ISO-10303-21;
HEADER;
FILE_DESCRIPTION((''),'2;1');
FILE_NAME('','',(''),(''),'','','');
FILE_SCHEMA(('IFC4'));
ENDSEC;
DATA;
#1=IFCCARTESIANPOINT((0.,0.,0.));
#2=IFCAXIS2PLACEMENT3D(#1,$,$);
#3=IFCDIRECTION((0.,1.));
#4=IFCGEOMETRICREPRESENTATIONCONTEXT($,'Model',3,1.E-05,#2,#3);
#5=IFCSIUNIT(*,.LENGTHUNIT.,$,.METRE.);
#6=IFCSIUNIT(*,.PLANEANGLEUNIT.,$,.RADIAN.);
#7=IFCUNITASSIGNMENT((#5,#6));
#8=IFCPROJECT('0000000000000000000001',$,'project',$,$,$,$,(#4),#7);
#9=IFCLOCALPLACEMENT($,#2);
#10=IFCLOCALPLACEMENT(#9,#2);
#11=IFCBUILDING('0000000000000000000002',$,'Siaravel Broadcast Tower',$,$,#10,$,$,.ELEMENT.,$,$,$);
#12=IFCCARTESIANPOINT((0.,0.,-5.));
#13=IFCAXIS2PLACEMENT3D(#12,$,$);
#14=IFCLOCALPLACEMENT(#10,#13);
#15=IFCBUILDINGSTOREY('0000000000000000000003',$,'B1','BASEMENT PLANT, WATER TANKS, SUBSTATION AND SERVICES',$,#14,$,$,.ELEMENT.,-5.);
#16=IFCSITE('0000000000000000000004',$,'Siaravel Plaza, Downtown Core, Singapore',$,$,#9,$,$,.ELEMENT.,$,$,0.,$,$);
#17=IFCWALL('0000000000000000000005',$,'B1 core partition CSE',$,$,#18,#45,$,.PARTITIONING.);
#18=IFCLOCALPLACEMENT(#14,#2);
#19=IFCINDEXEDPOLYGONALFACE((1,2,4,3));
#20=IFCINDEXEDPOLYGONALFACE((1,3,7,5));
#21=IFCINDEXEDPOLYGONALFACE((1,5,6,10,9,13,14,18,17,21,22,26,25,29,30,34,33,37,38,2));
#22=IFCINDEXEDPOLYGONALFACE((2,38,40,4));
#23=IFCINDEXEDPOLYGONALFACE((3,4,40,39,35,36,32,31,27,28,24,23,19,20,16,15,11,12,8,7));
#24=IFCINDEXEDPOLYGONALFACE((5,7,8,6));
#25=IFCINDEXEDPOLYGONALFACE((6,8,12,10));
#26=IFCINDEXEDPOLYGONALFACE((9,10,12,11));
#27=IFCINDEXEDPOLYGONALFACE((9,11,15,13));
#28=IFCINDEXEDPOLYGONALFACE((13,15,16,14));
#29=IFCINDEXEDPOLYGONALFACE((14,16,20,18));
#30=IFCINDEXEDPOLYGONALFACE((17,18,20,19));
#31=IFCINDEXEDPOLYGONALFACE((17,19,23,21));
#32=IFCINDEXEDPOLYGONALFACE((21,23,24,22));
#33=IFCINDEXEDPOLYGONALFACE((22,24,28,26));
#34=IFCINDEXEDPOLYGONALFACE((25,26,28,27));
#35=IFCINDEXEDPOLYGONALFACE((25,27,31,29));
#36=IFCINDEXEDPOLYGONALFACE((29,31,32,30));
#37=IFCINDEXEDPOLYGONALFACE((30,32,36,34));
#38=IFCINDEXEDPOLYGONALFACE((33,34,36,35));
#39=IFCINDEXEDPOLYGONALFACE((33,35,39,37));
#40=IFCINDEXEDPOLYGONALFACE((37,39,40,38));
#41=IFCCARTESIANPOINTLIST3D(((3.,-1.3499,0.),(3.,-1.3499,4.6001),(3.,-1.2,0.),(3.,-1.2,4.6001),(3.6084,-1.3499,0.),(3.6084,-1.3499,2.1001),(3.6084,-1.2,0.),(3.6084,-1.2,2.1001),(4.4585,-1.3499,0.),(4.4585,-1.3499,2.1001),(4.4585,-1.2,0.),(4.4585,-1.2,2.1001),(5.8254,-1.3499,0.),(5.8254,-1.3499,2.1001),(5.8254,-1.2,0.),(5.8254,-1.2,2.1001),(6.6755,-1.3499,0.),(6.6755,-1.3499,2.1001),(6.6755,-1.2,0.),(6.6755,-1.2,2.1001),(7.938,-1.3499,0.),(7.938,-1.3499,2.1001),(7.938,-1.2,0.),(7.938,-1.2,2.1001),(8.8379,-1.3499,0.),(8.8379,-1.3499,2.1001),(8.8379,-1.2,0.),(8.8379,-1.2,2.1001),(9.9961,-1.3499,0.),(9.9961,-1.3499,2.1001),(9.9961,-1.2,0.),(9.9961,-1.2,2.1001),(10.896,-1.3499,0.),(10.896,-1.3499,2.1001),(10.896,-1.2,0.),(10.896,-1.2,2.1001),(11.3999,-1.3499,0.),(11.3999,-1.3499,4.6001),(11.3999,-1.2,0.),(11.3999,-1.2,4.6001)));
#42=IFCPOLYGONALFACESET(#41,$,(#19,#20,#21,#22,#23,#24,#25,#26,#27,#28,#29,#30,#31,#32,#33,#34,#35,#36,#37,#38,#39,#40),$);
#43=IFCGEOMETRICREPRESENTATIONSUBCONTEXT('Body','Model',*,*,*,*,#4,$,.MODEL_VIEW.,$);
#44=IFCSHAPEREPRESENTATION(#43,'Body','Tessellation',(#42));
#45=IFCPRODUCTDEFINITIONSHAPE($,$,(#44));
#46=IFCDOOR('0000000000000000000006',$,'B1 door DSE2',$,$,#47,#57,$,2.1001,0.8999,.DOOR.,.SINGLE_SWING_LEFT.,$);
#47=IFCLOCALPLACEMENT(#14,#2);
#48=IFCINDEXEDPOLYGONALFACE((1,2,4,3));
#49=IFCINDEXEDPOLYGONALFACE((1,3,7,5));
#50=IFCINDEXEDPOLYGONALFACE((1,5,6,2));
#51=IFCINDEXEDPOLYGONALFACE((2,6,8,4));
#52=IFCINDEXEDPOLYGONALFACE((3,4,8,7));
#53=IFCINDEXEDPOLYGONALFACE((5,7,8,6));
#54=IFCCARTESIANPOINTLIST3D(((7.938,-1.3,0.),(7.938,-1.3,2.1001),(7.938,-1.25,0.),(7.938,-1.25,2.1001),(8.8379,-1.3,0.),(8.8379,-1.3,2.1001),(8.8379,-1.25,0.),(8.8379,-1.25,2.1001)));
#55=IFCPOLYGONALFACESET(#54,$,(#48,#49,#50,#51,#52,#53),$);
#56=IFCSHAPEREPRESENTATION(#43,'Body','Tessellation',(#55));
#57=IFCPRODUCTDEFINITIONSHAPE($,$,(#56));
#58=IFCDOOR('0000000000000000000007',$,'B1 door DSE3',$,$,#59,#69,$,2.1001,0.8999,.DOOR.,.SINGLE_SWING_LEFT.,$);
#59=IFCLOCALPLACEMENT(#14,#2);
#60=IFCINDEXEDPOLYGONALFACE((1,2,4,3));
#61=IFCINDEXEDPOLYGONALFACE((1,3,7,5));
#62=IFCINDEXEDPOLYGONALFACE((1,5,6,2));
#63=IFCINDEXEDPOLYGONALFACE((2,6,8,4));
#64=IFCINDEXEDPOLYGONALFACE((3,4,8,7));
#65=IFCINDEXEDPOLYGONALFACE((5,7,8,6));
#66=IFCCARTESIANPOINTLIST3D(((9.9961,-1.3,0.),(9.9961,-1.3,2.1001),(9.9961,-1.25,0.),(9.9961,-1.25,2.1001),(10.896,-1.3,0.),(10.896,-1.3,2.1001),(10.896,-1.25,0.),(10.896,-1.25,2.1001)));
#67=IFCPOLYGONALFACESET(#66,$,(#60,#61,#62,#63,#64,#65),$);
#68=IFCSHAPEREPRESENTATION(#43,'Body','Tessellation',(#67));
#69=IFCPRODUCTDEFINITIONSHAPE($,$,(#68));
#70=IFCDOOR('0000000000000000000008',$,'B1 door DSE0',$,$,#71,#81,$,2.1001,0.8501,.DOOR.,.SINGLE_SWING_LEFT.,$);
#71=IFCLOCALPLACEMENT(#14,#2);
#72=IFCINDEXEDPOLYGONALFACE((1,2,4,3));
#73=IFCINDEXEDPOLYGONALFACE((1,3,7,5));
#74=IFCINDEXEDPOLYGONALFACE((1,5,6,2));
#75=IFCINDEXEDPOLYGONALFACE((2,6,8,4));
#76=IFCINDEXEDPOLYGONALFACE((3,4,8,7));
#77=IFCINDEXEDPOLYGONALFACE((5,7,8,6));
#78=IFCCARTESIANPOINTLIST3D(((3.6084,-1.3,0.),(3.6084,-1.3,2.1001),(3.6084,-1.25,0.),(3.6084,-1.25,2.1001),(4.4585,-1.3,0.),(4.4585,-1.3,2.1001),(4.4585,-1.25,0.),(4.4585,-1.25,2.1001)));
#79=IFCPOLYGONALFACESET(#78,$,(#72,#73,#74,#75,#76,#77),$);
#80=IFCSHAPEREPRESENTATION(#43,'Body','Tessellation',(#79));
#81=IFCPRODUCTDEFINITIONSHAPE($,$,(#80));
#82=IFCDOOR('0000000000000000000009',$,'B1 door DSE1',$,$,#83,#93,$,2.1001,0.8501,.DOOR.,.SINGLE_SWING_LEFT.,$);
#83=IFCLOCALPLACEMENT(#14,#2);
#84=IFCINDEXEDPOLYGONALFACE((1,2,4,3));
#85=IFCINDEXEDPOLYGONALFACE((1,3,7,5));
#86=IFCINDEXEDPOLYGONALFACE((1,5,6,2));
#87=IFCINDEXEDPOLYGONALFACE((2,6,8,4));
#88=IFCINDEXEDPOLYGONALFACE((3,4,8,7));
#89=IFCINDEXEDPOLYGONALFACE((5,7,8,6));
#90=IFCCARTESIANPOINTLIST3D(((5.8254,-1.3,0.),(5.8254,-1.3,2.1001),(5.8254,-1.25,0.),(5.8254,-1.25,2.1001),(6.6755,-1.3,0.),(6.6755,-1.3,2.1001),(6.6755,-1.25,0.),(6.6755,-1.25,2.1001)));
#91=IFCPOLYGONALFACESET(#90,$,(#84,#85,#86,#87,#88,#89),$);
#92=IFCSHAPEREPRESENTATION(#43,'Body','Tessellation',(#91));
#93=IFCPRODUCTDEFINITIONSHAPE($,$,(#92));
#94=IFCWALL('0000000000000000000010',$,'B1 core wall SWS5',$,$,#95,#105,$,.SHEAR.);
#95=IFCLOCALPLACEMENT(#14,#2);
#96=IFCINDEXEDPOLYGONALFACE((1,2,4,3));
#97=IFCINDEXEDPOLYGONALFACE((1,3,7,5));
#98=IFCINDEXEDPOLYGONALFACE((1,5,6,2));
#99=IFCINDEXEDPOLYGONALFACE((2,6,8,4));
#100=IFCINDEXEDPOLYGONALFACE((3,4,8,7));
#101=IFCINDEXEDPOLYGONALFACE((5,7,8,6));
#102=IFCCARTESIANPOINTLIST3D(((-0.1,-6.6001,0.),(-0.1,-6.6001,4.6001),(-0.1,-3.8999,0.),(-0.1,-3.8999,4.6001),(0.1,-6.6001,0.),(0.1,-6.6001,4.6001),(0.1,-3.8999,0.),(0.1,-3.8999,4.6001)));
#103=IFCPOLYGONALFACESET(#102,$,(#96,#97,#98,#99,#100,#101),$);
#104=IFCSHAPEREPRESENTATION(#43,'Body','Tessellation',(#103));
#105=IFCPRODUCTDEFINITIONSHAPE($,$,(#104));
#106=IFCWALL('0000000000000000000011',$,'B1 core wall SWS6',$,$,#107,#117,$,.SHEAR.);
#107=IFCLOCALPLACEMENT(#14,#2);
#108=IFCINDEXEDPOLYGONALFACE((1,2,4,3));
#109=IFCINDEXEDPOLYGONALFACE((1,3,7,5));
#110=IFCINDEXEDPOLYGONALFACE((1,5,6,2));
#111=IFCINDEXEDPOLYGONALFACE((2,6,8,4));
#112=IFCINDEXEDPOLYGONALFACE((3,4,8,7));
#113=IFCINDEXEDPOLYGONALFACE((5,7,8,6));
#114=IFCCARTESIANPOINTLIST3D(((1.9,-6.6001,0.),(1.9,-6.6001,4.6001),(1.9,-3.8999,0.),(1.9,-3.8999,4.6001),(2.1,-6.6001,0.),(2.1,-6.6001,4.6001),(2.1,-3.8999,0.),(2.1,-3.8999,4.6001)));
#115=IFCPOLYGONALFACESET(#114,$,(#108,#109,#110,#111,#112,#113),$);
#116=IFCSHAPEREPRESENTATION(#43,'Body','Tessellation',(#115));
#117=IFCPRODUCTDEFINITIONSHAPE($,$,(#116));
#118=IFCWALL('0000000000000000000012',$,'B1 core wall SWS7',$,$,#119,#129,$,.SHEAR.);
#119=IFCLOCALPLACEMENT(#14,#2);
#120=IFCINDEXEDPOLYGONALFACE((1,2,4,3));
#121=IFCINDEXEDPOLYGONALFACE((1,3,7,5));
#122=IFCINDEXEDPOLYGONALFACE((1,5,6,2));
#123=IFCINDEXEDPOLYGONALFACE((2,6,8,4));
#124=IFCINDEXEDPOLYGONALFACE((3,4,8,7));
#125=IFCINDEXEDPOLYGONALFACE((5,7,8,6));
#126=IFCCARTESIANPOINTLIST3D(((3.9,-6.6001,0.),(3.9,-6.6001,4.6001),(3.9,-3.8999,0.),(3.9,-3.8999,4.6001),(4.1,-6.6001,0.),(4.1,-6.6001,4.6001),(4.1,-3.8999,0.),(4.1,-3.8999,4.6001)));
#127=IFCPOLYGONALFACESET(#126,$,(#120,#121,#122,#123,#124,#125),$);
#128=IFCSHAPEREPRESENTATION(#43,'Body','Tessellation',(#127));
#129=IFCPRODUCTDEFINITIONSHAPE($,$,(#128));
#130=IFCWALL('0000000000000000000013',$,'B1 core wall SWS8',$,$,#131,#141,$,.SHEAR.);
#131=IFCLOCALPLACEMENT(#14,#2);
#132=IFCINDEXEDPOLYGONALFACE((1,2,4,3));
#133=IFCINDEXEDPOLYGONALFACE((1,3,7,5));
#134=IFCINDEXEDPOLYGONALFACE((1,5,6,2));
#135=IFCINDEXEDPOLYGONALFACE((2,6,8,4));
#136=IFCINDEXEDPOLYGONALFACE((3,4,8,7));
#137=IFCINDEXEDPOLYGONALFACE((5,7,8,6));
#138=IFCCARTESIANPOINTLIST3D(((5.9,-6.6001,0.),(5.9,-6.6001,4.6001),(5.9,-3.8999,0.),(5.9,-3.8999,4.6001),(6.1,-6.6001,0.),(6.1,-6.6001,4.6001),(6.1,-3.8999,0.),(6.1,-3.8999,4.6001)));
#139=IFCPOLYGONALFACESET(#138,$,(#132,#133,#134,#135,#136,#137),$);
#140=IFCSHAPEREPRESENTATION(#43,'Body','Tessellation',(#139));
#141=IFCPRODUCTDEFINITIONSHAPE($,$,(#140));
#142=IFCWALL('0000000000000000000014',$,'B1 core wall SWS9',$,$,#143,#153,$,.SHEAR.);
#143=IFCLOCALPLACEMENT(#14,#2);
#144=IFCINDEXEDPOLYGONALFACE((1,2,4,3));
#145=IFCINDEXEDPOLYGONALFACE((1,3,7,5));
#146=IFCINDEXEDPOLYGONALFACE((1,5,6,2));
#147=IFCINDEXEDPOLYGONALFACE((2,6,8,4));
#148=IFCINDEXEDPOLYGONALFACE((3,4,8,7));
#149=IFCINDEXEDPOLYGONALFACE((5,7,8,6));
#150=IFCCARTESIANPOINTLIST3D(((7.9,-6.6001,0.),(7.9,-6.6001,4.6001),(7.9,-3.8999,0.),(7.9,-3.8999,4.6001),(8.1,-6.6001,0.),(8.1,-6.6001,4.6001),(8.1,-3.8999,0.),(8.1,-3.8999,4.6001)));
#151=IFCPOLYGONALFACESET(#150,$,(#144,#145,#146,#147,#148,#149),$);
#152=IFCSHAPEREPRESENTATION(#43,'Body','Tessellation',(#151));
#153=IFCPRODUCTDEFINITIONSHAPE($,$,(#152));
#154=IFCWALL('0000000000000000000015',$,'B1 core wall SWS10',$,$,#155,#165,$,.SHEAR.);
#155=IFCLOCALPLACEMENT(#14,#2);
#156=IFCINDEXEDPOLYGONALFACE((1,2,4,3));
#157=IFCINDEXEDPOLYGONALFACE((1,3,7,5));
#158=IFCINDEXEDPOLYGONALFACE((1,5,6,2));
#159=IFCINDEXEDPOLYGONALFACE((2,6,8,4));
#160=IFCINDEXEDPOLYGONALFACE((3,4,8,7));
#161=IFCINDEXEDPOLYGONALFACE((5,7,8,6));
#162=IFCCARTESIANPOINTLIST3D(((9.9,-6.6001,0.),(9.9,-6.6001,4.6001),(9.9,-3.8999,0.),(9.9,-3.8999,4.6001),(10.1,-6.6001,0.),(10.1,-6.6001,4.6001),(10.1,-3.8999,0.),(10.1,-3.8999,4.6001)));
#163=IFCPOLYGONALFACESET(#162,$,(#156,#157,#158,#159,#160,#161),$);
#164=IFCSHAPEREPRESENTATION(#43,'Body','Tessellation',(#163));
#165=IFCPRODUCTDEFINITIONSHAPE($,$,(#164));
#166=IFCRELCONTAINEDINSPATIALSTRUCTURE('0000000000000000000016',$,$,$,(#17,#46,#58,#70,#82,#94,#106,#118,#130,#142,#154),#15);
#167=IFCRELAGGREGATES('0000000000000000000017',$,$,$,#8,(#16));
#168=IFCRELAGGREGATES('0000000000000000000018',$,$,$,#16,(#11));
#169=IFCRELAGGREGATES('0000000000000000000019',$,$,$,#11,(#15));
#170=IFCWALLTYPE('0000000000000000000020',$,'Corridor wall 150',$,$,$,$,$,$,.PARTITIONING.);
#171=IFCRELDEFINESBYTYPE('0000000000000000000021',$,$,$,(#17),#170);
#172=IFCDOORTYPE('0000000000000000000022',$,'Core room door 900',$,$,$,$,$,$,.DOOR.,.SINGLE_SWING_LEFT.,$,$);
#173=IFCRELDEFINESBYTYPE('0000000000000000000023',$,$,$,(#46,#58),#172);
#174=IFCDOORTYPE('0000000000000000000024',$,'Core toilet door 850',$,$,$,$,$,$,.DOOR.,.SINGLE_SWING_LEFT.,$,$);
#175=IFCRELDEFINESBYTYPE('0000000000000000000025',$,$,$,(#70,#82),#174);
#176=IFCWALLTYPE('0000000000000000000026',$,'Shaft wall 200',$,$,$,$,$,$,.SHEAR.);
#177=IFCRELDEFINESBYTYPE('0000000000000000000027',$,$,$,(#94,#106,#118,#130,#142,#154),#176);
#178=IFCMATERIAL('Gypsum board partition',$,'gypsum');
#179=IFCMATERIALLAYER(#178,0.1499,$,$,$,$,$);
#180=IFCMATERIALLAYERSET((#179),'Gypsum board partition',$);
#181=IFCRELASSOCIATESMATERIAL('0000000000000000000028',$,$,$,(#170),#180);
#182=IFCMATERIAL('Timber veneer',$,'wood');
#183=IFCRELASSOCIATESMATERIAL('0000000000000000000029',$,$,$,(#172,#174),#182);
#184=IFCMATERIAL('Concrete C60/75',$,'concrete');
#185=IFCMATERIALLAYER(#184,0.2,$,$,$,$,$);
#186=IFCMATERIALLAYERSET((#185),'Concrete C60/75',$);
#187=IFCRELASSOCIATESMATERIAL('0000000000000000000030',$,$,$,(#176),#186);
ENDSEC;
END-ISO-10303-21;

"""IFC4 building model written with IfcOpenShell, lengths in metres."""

from ifc_helpers import new_model, si_unit, direction, frame, frame_2d, origin, place, context, subcontext, project, spatial, rectangle, extrude, material, layer, layer_set, type_object, element, fill, save


model = new_model("IFC4")

# Units and contexts
model_context = context("Model", 3, precision=1e-05, world=origin(), true_north=direction((0.0, 1.0)))
body_context = subcontext(model_context, "Body", "Model", "MODEL_VIEW")
ifc_project = project(units=[si_unit("LENGTHUNIT", "METRE"), si_unit("PLANEANGLEUNIT", "RADIAN")], contexts=[model_context])

# Site, building, storey
site_placement = place(None, origin())
site = spatial("IfcSite", under=ifc_project, at=site_placement, Name="Siaravel Plaza, Downtown Core, Singapore", CompositionType="ELEMENT", RefElevation=0.0)
building_placement = place(site_placement, origin())
building = spatial("IfcBuilding", under=site, at=building_placement, Name="Siaravel Broadcast Tower", CompositionType="ELEMENT")
storey_placement = place(building_placement, frame((0.0, 0.0, -5.0)))
storey = spatial("IfcBuildingStorey", under=building, at=storey_placement, Name="B1", Description="BASEMENT PLANT, WATER TANKS, SUBSTATION AND SERVICES", CompositionType="ELEMENT", Elevation=-5.0)

# Shared definitions
ifc_material_1 = material(Name="Concrete C60/75", Category="concrete")

# Wall, openings, doors
ifc_material_2 = material(Name="Gypsum board partition", Category="gypsum")
ifc_layer_1 = layer(ifc_material_2, 0.1499)
ifc_layer_set_1 = layer_set([ifc_layer_1], Name="Gypsum board partition")
wall_type_1 = type_object("IfcWallType", Name="Corridor wall 150", PredefinedType="PARTITIONING", material=ifc_layer_set_1)
wall_1_placement = place(storey_placement, frame((3.0, -1.2749, 0.0), z_axis=(0.0, 0.0, 1.0), x_axis=(1.0, 0.0, 0.0)))
wall_1 = element("IfcWall", 1, at=wall_1_placement, inside=storey, type_object=wall_type_1, Name="B1 core partition CSE", PredefinedType="PARTITIONING", context=body_context, shape_type="SweptSolid", body=[
    extrude(rectangle(XDim=8.3999, YDim=0.1499, at=frame_2d((4.2, 0.0))), origin(), (0.0, 0.0, 1.0), 4.6001),
])
opening_1_placement = place(wall_1_placement, frame((0.6084, 0.0, 0.0)))
opening_1 = element("IfcOpeningElement", 2, at=opening_1_placement, cuts=wall_1, PredefinedType="OPENING", context=body_context, shape_type="SweptSolid", body=[
    extrude(rectangle(XDim=0.8501, YDim=2.1001, at=frame_2d((0.425, 1.05))), frame((0.0, 0.085, 0.0), z_axis=(0.0, -1.0, 0.0), x_axis=(1.0, 0.0, 0.0)), (0.0, 0.0, 1.0), 0.1699),
])
opening_2_placement = place(wall_1_placement, frame((2.8254, 0.0, 0.0)))
opening_2 = element("IfcOpeningElement", 3, at=opening_2_placement, cuts=wall_1, PredefinedType="OPENING", context=body_context, shape_type="SweptSolid", body=[
    extrude(rectangle(XDim=0.8501, YDim=2.1001, at=frame_2d((0.425, 1.05))), frame((0.0, 0.085, 0.0), z_axis=(0.0, -1.0, 0.0), x_axis=(1.0, 0.0, 0.0)), (0.0, 0.0, 1.0), 0.1699),
])
opening_3_placement = place(wall_1_placement, frame((4.938, 0.0, 0.0)))
opening_3 = element("IfcOpeningElement", 4, at=opening_3_placement, cuts=wall_1, PredefinedType="OPENING", context=body_context, shape_type="SweptSolid", body=[
    extrude(rectangle(XDim=0.8999, YDim=2.1001, at=frame_2d((0.45, 1.05))), frame((0.0, 0.085, 0.0), z_axis=(0.0, -1.0, 0.0), x_axis=(1.0, 0.0, 0.0)), (0.0, 0.0, 1.0), 0.1699),
])
opening_4_placement = place(wall_1_placement, frame((6.9961, 0.0, 0.0)))
opening_4 = element("IfcOpeningElement", 5, at=opening_4_placement, cuts=wall_1, PredefinedType="OPENING", context=body_context, shape_type="SweptSolid", body=[
    extrude(rectangle(XDim=0.8999, YDim=2.1001, at=frame_2d((0.45, 1.05))), frame((0.0, 0.085, 0.0), z_axis=(0.0, -1.0, 0.0), x_axis=(1.0, 0.0, 0.0)), (0.0, 0.0, 1.0), 0.1699),
])
ifc_material_3 = material(Name="Timber veneer", Category="wood")
door_type_1 = type_object("IfcDoorType", Name="Core room door 900", OperationType="SINGLE_SWING_LEFT", PredefinedType="DOOR", material=ifc_material_3)
door_1_placement = place(opening_3_placement, origin())
door_1 = element("IfcDoor", 6, at=door_1_placement, inside=storey, type_object=door_type_1, Name="B1 door DSE2", OperationType="SINGLE_SWING_LEFT", OverallHeight=2.1001, OverallWidth=0.8999, PredefinedType="DOOR", context=body_context, shape_type="SweptSolid", body=[
    extrude(rectangle(XDim=0.8999, YDim=2.1001, at=frame_2d((0.45, 1.05))), frame((0.0, 0.0249, 0.0), z_axis=(0.0, -1.0, 0.0), x_axis=(1.0, 0.0, 0.0)), (0.0, 0.0, 1.0), 0.05),
])
fill(opening_3, door_1)
door_2_placement = place(opening_4_placement, origin())
door_2 = element("IfcDoor", 7, at=door_2_placement, inside=storey, type_object=door_type_1, Name="B1 door DSE3", OperationType="SINGLE_SWING_LEFT", OverallHeight=2.1001, OverallWidth=0.8999, PredefinedType="DOOR", context=body_context, shape_type="SweptSolid", body=[
    extrude(rectangle(XDim=0.8999, YDim=2.1001, at=frame_2d((0.45, 1.05))), frame((0.0, 0.0249, 0.0), z_axis=(0.0, -1.0, 0.0), x_axis=(1.0, 0.0, 0.0)), (0.0, 0.0, 1.0), 0.05),
])
fill(opening_4, door_2)
door_type_2 = type_object("IfcDoorType", Name="Core toilet door 850", OperationType="SINGLE_SWING_LEFT", PredefinedType="DOOR", material=ifc_material_3)
door_3_placement = place(opening_1_placement, origin())
door_3 = element("IfcDoor", 8, at=door_3_placement, inside=storey, type_object=door_type_2, Name="B1 door DSE0", OperationType="SINGLE_SWING_LEFT", OverallHeight=2.1001, OverallWidth=0.8501, PredefinedType="DOOR", context=body_context, shape_type="SweptSolid", body=[
    extrude(rectangle(XDim=0.8501, YDim=2.1001, at=frame_2d((0.425, 1.05))), frame((0.0, 0.0249, 0.0), z_axis=(0.0, -1.0, 0.0), x_axis=(1.0, 0.0, 0.0)), (0.0, 0.0, 1.0), 0.05),
])
fill(opening_1, door_3)
door_4_placement = place(opening_2_placement, origin())
door_4 = element("IfcDoor", 9, at=door_4_placement, inside=storey, type_object=door_type_2, Name="B1 door DSE1", OperationType="SINGLE_SWING_LEFT", OverallHeight=2.1001, OverallWidth=0.8501, PredefinedType="DOOR", context=body_context, shape_type="SweptSolid", body=[
    extrude(rectangle(XDim=0.8501, YDim=2.1001, at=frame_2d((0.425, 1.05))), frame((0.0, 0.0249, 0.0), z_axis=(0.0, -1.0, 0.0), x_axis=(1.0, 0.0, 0.0)), (0.0, 0.0, 1.0), 0.05),
])
fill(opening_2, door_4)

# Walls
ifc_layer_2 = layer(ifc_material_1, 0.2)
ifc_layer_set_2 = layer_set([ifc_layer_2], Name="Concrete C60/75")
wall_type_2 = type_object("IfcWallType", Name="Shaft wall 200", PredefinedType="SHEAR", material=ifc_layer_set_2)
for number, where, z_axis, x_axis, name in (
    (10, (0.0, -6.6001, 0.0), (0.0, 0.0, 1.0), (0.0, 1.0, 0.0), "B1 core wall SWS5"),
    (11, (2.0, -6.6001, 0.0), (0.0, 0.0, 1.0), (0.0, 1.0, 0.0), "B1 core wall SWS6"),
    (12, (4.0, -6.6001, 0.0), (0.0, 0.0, 1.0), (0.0, 1.0, 0.0), "B1 core wall SWS7"),
    (13, (6.0, -6.6001, 0.0), (0.0, 0.0, 1.0), (0.0, 1.0, 0.0), "B1 core wall SWS8"),
    (14, (8.0, -6.6001, 0.0), (0.0, 0.0, 1.0), (0.0, 1.0, 0.0), "B1 core wall SWS9"),
    (15, (10.0, -6.6001, 0.0), (0.0, 0.0, 1.0), (0.0, 1.0, 0.0), "B1 core wall SWS10"),
):
    element("IfcWall", number, at=place(storey_placement, frame(where, z_axis=z_axis, x_axis=x_axis)), inside=storey, type_object=wall_type_2, Name=name, PredefinedType="SHEAR", context=body_context, shape_type="SweptSolid", body=[
        extrude(rectangle(XDim=2.7002, YDim=0.2, at=frame_2d((1.3501, 0.0))), origin(), (0.0, 0.0, 1.0), 4.6001),
    ])

save(model, "model.ifc")
